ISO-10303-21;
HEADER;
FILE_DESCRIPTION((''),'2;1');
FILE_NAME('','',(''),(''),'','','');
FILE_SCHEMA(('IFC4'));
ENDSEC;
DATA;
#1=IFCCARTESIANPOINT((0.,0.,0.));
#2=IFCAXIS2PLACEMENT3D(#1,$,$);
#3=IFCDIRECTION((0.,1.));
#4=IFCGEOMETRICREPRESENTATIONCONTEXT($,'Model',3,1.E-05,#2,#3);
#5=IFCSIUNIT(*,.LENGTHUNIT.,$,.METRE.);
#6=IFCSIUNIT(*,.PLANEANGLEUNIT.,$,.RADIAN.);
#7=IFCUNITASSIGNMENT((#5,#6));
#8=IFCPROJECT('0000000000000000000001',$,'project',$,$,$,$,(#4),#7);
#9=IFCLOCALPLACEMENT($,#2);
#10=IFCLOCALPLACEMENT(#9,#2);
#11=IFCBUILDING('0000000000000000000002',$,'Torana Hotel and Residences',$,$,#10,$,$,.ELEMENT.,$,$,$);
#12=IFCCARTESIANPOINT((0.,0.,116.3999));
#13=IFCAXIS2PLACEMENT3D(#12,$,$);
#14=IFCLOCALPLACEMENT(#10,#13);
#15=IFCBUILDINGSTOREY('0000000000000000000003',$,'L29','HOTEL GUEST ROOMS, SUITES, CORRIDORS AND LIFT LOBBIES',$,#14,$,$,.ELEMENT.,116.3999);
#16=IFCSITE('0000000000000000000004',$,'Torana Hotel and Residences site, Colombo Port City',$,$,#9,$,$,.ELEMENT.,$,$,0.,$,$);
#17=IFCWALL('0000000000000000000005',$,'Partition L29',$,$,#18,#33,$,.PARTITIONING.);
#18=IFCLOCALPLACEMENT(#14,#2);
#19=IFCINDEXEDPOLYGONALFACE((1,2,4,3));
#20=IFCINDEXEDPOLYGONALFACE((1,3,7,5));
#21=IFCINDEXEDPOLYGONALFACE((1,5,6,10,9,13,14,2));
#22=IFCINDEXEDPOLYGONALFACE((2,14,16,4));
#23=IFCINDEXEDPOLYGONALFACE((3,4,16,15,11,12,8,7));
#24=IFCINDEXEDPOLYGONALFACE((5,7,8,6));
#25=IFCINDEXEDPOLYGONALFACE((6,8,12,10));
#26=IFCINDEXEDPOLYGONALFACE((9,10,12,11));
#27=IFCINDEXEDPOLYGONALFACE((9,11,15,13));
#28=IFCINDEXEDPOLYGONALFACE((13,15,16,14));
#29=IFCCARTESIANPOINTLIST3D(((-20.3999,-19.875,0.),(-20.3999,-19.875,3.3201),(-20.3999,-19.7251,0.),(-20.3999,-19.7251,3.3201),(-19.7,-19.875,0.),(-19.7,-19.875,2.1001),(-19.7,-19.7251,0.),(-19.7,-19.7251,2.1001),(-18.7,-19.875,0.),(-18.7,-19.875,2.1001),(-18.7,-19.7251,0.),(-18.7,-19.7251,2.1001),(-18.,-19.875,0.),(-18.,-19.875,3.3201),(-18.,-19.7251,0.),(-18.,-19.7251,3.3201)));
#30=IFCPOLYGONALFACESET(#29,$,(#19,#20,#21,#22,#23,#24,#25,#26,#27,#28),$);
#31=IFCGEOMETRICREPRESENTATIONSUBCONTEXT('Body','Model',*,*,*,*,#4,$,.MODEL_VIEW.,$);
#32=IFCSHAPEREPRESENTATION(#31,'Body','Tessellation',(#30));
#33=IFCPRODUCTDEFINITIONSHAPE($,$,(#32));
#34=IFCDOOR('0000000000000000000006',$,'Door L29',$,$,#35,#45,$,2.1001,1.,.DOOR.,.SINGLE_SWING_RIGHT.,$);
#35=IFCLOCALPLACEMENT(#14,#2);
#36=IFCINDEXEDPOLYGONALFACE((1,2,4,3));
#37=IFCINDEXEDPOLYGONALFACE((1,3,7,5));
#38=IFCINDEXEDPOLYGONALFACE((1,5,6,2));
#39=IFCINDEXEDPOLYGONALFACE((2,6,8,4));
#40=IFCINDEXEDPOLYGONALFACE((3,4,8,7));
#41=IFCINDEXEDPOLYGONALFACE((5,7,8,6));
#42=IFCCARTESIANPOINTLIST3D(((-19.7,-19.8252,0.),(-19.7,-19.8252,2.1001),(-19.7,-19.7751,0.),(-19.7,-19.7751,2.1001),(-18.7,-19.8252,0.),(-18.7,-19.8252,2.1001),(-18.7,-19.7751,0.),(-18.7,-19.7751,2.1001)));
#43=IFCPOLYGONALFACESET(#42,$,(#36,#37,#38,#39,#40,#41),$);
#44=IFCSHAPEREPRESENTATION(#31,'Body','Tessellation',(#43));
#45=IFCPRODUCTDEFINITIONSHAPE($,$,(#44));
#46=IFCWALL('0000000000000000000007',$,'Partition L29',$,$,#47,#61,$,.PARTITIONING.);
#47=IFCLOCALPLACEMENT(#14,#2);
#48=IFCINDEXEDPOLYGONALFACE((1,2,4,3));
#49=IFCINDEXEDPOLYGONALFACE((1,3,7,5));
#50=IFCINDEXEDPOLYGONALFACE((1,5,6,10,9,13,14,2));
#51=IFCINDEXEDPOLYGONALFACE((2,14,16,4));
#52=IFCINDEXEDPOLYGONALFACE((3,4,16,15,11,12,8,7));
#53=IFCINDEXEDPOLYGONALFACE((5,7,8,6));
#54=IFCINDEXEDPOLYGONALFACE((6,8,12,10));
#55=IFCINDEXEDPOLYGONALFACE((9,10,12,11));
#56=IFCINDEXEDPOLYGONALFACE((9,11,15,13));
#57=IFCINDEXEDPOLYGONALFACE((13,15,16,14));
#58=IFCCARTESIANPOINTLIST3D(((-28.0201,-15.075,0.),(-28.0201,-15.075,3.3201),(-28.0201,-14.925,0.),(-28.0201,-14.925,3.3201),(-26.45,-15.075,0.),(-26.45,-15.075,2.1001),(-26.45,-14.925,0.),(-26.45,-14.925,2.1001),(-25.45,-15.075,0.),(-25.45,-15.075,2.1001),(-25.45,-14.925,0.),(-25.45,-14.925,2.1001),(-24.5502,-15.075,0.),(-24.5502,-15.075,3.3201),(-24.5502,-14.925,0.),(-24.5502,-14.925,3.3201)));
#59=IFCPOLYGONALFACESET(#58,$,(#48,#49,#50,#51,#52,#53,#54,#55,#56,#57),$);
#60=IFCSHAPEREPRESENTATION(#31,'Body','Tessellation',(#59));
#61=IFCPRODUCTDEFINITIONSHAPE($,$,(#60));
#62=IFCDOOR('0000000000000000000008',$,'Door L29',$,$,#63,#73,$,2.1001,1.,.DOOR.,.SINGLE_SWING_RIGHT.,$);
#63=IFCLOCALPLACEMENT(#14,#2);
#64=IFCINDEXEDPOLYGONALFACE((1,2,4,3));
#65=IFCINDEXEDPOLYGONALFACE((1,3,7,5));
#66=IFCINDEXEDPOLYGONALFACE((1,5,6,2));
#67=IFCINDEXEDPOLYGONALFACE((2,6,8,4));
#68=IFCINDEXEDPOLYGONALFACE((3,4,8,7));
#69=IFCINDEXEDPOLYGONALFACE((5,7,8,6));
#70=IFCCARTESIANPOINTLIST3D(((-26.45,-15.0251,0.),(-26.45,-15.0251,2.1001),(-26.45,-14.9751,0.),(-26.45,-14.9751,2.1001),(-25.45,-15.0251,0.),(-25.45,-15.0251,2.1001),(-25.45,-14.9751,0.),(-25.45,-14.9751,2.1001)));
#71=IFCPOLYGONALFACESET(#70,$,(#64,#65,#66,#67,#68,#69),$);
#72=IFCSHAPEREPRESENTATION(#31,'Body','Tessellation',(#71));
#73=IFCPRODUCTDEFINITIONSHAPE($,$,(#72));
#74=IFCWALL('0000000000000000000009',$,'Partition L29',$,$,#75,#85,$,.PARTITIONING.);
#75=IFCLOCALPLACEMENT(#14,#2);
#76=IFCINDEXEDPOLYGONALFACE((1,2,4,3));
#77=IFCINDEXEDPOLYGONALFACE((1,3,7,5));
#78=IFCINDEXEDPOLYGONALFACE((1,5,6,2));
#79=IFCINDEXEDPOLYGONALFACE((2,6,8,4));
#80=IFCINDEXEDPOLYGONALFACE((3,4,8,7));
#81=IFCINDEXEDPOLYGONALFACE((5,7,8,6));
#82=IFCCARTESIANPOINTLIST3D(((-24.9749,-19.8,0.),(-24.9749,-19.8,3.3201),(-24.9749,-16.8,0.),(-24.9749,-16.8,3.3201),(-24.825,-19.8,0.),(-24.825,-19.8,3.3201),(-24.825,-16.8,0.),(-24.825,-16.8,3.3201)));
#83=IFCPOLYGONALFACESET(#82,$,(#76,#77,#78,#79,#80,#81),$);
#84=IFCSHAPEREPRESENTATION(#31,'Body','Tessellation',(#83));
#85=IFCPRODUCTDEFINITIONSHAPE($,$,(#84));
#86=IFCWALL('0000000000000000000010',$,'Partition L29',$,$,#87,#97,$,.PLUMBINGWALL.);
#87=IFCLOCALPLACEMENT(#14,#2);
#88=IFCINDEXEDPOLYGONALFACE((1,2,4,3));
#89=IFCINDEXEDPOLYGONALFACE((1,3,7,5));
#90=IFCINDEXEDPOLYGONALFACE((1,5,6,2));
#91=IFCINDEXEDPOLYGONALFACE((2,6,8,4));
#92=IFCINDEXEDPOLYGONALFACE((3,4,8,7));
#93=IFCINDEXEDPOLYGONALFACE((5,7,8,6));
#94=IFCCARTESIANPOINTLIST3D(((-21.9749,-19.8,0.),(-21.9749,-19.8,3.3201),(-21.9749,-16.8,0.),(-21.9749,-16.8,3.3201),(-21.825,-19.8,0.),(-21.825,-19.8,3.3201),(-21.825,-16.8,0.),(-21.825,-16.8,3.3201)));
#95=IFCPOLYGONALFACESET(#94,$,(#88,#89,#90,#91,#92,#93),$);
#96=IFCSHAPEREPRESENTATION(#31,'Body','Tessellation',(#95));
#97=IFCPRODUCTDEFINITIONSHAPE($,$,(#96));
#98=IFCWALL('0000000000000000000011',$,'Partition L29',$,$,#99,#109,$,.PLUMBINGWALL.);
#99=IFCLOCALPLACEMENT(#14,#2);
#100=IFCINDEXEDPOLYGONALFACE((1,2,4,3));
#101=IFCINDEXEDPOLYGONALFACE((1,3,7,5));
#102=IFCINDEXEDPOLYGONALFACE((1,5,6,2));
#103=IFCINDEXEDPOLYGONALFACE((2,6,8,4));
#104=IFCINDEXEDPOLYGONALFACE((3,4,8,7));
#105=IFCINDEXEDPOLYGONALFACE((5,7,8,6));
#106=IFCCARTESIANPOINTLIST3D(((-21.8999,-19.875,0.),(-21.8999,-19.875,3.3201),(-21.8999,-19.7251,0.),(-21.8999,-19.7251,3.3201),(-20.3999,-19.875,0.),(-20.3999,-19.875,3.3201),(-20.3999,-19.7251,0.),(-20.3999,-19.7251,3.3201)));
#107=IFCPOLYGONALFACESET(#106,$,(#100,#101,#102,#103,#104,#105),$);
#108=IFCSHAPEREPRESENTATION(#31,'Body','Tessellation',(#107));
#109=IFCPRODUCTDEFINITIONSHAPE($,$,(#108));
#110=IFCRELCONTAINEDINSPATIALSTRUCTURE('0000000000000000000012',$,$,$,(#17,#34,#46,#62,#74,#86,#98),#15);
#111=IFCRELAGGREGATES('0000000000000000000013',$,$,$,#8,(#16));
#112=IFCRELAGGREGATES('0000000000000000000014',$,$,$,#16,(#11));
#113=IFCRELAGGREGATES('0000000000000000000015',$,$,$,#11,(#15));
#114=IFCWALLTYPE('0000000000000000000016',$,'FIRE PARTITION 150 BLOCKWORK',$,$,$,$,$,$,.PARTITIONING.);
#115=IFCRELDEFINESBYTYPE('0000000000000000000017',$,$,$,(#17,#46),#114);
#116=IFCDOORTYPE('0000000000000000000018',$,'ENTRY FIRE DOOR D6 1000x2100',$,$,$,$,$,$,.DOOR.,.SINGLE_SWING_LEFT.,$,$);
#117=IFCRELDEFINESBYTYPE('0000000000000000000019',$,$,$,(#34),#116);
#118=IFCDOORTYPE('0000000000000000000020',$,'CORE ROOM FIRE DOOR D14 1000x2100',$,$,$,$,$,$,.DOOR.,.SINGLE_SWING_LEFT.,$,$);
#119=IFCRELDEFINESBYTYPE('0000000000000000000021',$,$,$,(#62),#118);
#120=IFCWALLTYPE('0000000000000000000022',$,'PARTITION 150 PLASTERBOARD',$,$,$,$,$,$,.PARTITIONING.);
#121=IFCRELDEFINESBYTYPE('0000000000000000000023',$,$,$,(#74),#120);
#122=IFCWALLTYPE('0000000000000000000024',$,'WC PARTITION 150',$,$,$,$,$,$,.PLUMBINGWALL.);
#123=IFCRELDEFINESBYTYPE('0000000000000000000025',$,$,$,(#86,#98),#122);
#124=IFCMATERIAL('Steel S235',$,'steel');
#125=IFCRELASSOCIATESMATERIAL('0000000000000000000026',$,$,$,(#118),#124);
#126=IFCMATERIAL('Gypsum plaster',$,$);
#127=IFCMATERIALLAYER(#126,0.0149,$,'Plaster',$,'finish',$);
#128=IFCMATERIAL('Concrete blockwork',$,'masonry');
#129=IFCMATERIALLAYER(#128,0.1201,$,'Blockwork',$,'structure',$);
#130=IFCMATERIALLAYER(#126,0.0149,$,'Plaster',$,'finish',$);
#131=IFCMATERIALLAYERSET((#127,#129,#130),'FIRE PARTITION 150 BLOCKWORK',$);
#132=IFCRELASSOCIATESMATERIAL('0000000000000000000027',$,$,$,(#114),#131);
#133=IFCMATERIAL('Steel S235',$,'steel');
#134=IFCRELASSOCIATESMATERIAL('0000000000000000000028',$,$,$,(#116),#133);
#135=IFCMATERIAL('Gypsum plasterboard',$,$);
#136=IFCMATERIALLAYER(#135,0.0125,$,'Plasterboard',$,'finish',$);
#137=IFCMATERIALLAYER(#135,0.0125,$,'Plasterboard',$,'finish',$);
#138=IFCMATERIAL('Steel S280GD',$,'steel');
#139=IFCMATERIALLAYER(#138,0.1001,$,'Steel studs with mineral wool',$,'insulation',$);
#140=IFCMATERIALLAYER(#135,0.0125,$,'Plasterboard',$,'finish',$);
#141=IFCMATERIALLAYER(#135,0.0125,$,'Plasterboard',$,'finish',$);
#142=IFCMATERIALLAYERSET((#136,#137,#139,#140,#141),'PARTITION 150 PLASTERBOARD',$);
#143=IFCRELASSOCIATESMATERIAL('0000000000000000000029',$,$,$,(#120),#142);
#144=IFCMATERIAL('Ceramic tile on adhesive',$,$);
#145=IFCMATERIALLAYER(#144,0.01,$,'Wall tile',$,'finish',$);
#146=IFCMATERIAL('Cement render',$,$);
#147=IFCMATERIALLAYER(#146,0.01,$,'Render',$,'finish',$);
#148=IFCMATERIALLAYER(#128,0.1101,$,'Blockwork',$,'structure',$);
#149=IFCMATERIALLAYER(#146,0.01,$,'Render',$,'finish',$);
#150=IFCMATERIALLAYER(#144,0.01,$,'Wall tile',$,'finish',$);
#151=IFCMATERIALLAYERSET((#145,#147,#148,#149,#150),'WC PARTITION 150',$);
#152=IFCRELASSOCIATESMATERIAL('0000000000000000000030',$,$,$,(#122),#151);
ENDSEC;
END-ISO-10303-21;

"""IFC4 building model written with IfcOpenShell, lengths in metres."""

from ifc_helpers import new_model, si_unit, direction, frame, frame_2d, origin, place, context, subcontext, project, spatial, rectangle, extrude, material, layer, layer_set, type_object, element, fill, save


model = new_model("IFC4")

# Units and contexts
model_context = context("Model", 3, precision=1e-05, world=origin(), true_north=direction((0.0, 1.0)))
body_context = subcontext(model_context, "Body", "Model", "MODEL_VIEW")
ifc_project = project(units=[si_unit("LENGTHUNIT", "METRE"), si_unit("PLANEANGLEUNIT", "RADIAN")], contexts=[model_context])

# Site, building, storey
site_placement = place(None, origin())
site = spatial("IfcSite", under=ifc_project, at=site_placement, Name="Torana Hotel and Residences site, Colombo Port City", CompositionType="ELEMENT", RefElevation=0.0)
building_placement = place(site_placement, origin())
building = spatial("IfcBuilding", under=site, at=building_placement, Name="Torana Hotel and Residences", CompositionType="ELEMENT")
storey_placement = place(building_placement, frame((0.0, 0.0, 116.3999)))
storey = spatial("IfcBuildingStorey", under=building, at=storey_placement, Name="L29", Description="HOTEL GUEST ROOMS, SUITES, CORRIDORS AND LIFT LOBBIES", CompositionType="ELEMENT", Elevation=116.3999)

# Shared definitions
ifc_material_1 = material(Name="Steel S235", Category="steel")
door_type_1 = type_object("IfcDoorType", Name="CORE ROOM FIRE DOOR D14 1000x2100", OperationType="SINGLE_SWING_LEFT", PredefinedType="DOOR", material=ifc_material_1)

# Walls, openings, doors
ifc_material_2 = material(Name="Gypsum plaster")
ifc_layer_1 = layer(ifc_material_2, 0.0149, Name="Plaster", Category="finish")
ifc_material_3 = material(Name="Concrete blockwork", Category="masonry")
ifc_layer_2 = layer(ifc_material_3, 0.1201, Name="Blockwork", Category="structure")
ifc_layer_3 = layer(ifc_material_2, 0.0149, Name="Plaster", Category="finish")
ifc_layer_set_1 = layer_set([ifc_layer_1, ifc_layer_2, ifc_layer_3], Name="FIRE PARTITION 150 BLOCKWORK")
wall_type_1 = type_object("IfcWallType", Name="FIRE PARTITION 150 BLOCKWORK", PredefinedType="PARTITIONING", material=ifc_layer_set_1)
ifc_material_4 = material(Name="Steel S235", Category="steel")
door_type_2 = type_object("IfcDoorType", Name="ENTRY FIRE DOOR D6 1000x2100", OperationType="SINGLE_SWING_LEFT", PredefinedType="DOOR", material=ifc_material_4)
wall_1_placement = place(storey_placement, frame((-20.3999, -19.8, 0.0), z_axis=(0.0, 0.0, 1.0), x_axis=(1.0, 0.0, 0.0)))
wall_1 = element("IfcWall", 1, at=wall_1_placement, inside=storey, type_object=wall_type_1, Name="Partition L29", PredefinedType="PARTITIONING", context=body_context, shape_type="SweptSolid", body=[
    extrude(rectangle(XDim=2.3999, YDim=0.1499, at=frame_2d((1.2, 0.0))), origin(), (0.0, 0.0, 1.0), 3.3201),
])
opening_1_placement = place(wall_1_placement, frame((0.7, 0.0, 0.0)))
opening_1 = element("IfcOpeningElement", 2, at=opening_1_placement, cuts=wall_1, PredefinedType="OPENING", context=body_context, shape_type="SweptSolid", body=[
    extrude(rectangle(XDim=1.0, YDim=2.1001, at=frame_2d((0.5, 1.05))), frame((0.0, 0.085, 0.0), z_axis=(0.0, -1.0, 0.0), x_axis=(1.0, 0.0, 0.0)), (0.0, 0.0, 1.0), 0.1699),
])
door_1_placement = place(opening_1_placement, frame((0.5, 0.0, 0.0), z_axis=(0.0, 0.0, 1.0), x_axis=(-1.0, 0.0, 0.0)))
door_1 = element("IfcDoor", 3, at=door_1_placement, inside=storey, type_object=door_type_2, Name="Door L29", OperationType="SINGLE_SWING_RIGHT", OverallHeight=2.1001, OverallWidth=1.0, PredefinedType="DOOR", context=body_context, shape_type="SweptSolid", body=[
    extrude(rectangle(XDim=1.0, YDim=2.1001, at=frame_2d((0.0, 1.05))), frame((0.0, -0.0249, 0.0), z_axis=(0.0, 1.0, 0.0), x_axis=(-1.0, 0.0, 0.0)), (0.0, 0.0, 1.0), 0.05),
])
fill(opening_1, door_1)
wall_2_placement = place(storey_placement, frame((-28.02, -15.0, 0.0), z_axis=(0.0, 0.0, 1.0), x_axis=(1.0, 0.0, 0.0)))
wall_2 = element("IfcWall", 4, at=wall_2_placement, inside=storey, type_object=wall_type_1, Name="Partition L29", PredefinedType="PARTITIONING", context=body_context, shape_type="SweptSolid", body=[
    extrude(rectangle(XDim=3.47, YDim=0.1499, at=frame_2d((1.7349, 0.0))), origin(), (0.0, 0.0, 1.0), 3.3201),
])
opening_2_placement = place(wall_2_placement, frame((1.5701, 0.0, 0.0)))
opening_2 = element("IfcOpeningElement", 5, at=opening_2_placement, cuts=wall_2, PredefinedType="OPENING", context=body_context, shape_type="SweptSolid", body=[
    extrude(rectangle(XDim=1.0, YDim=2.1001, at=frame_2d((0.5, 1.05))), frame((0.0, 0.085, 0.0), z_axis=(0.0, -1.0, 0.0), x_axis=(1.0, 0.0, 0.0)), (0.0, 0.0, 1.0), 0.1699),
])
door_2_placement = place(opening_2_placement, origin())
door_2 = element("IfcDoor", 6, at=door_2_placement, inside=storey, type_object=door_type_1, Name="Door L29", OperationType="SINGLE_SWING_RIGHT", OverallHeight=2.1001, OverallWidth=1.0, PredefinedType="DOOR", context=body_context, shape_type="SweptSolid", body=[
    extrude(rectangle(XDim=1.0, YDim=2.1001, at=frame_2d((0.5, 1.05))), frame((0.0, 0.0249, 0.0), z_axis=(0.0, -1.0, 0.0), x_axis=(1.0, 0.0, 0.0)), (0.0, 0.0, 1.0), 0.05),
])
fill(opening_2, door_2)

# Walls
ifc_material_5 = material(Name="Gypsum plasterboard")
ifc_layer_4 = layer(ifc_material_5, 0.0125, Name="Plasterboard", Category="finish")
ifc_layer_5 = layer(ifc_material_5, 0.0125, Name="Plasterboard", Category="finish")
ifc_material_6 = material(Name="Steel S280GD", Category="steel")
ifc_layer_6 = layer(ifc_material_6, 0.1001, Name="Steel studs with mineral wool", Category="insulation")
ifc_layer_7 = layer(ifc_material_5, 0.0125, Name="Plasterboard", Category="finish")
ifc_layer_8 = layer(ifc_material_5, 0.0125, Name="Plasterboard", Category="finish")
ifc_layer_set_2 = layer_set([ifc_layer_4, ifc_layer_5, ifc_layer_6, ifc_layer_7, ifc_layer_8], Name="PARTITION 150 PLASTERBOARD")
wall_type_2 = type_object("IfcWallType", Name="PARTITION 150 PLASTERBOARD", PredefinedType="PARTITIONING", material=ifc_layer_set_2)
wall_3_placement = place(storey_placement, frame((-24.8999, -19.8, 0.0), z_axis=(0.0, 0.0, 1.0), x_axis=(0.0, 1.0, 0.0)))
element("IfcWall", 7, at=wall_3_placement, inside=storey, type_object=wall_type_2, Name="Partition L29", PredefinedType="PARTITIONING", context=body_context, shape_type="SweptSolid", body=[
    extrude(rectangle(XDim=3.0, YDim=0.1499, at=frame_2d((1.5, 0.0))), origin(), (0.0, 0.0, 1.0), 3.3201),
])
ifc_material_7 = material(Name="Ceramic tile on adhesive")
ifc_layer_9 = layer(ifc_material_7, 0.01, Name="Wall tile", Category="finish")
ifc_material_8 = material(Name="Cement render")
ifc_layer_10 = layer(ifc_material_8, 0.01, Name="Render", Category="finish")
ifc_layer_11 = layer(ifc_material_3, 0.1101, Name="Blockwork", Category="structure")
ifc_layer_12 = layer(ifc_material_8, 0.01, Name="Render", Category="finish")
ifc_layer_13 = layer(ifc_material_7, 0.01, Name="Wall tile", Category="finish")
ifc_layer_set_3 = layer_set([ifc_layer_9, ifc_layer_10, ifc_layer_11, ifc_layer_12, ifc_layer_13], Name="WC PARTITION 150")
wall_type_3 = type_object("IfcWallType", Name="WC PARTITION 150", PredefinedType="PLUMBINGWALL", material=ifc_layer_set_3)
wall_4_placement = place(storey_placement, frame((-21.8999, -19.8, 0.0), z_axis=(0.0, 0.0, 1.0), x_axis=(0.0, 1.0, 0.0)))
element("IfcWall", 8, at=wall_4_placement, inside=storey, type_object=wall_type_3, Name="Partition L29", PredefinedType="PLUMBINGWALL", context=body_context, shape_type="SweptSolid", body=[
    extrude(rectangle(XDim=3.0, YDim=0.1499, at=frame_2d((1.5, 0.0))), origin(), (0.0, 0.0, 1.0), 3.3201),
])
wall_5_placement = place(storey_placement, frame((-21.8999, -19.8, 0.0), z_axis=(0.0, 0.0, 1.0), x_axis=(1.0, 0.0, 0.0)))
element("IfcWall", 9, at=wall_5_placement, inside=storey, type_object=wall_type_3, Name="Partition L29", PredefinedType="PLUMBINGWALL", context=body_context, shape_type="SweptSolid", body=[
    extrude(rectangle(XDim=1.5, YDim=0.1499, at=frame_2d((0.75, 0.0))), origin(), (0.0, 0.0, 1.0), 3.3201),
])

save(model, "model.ifc")
